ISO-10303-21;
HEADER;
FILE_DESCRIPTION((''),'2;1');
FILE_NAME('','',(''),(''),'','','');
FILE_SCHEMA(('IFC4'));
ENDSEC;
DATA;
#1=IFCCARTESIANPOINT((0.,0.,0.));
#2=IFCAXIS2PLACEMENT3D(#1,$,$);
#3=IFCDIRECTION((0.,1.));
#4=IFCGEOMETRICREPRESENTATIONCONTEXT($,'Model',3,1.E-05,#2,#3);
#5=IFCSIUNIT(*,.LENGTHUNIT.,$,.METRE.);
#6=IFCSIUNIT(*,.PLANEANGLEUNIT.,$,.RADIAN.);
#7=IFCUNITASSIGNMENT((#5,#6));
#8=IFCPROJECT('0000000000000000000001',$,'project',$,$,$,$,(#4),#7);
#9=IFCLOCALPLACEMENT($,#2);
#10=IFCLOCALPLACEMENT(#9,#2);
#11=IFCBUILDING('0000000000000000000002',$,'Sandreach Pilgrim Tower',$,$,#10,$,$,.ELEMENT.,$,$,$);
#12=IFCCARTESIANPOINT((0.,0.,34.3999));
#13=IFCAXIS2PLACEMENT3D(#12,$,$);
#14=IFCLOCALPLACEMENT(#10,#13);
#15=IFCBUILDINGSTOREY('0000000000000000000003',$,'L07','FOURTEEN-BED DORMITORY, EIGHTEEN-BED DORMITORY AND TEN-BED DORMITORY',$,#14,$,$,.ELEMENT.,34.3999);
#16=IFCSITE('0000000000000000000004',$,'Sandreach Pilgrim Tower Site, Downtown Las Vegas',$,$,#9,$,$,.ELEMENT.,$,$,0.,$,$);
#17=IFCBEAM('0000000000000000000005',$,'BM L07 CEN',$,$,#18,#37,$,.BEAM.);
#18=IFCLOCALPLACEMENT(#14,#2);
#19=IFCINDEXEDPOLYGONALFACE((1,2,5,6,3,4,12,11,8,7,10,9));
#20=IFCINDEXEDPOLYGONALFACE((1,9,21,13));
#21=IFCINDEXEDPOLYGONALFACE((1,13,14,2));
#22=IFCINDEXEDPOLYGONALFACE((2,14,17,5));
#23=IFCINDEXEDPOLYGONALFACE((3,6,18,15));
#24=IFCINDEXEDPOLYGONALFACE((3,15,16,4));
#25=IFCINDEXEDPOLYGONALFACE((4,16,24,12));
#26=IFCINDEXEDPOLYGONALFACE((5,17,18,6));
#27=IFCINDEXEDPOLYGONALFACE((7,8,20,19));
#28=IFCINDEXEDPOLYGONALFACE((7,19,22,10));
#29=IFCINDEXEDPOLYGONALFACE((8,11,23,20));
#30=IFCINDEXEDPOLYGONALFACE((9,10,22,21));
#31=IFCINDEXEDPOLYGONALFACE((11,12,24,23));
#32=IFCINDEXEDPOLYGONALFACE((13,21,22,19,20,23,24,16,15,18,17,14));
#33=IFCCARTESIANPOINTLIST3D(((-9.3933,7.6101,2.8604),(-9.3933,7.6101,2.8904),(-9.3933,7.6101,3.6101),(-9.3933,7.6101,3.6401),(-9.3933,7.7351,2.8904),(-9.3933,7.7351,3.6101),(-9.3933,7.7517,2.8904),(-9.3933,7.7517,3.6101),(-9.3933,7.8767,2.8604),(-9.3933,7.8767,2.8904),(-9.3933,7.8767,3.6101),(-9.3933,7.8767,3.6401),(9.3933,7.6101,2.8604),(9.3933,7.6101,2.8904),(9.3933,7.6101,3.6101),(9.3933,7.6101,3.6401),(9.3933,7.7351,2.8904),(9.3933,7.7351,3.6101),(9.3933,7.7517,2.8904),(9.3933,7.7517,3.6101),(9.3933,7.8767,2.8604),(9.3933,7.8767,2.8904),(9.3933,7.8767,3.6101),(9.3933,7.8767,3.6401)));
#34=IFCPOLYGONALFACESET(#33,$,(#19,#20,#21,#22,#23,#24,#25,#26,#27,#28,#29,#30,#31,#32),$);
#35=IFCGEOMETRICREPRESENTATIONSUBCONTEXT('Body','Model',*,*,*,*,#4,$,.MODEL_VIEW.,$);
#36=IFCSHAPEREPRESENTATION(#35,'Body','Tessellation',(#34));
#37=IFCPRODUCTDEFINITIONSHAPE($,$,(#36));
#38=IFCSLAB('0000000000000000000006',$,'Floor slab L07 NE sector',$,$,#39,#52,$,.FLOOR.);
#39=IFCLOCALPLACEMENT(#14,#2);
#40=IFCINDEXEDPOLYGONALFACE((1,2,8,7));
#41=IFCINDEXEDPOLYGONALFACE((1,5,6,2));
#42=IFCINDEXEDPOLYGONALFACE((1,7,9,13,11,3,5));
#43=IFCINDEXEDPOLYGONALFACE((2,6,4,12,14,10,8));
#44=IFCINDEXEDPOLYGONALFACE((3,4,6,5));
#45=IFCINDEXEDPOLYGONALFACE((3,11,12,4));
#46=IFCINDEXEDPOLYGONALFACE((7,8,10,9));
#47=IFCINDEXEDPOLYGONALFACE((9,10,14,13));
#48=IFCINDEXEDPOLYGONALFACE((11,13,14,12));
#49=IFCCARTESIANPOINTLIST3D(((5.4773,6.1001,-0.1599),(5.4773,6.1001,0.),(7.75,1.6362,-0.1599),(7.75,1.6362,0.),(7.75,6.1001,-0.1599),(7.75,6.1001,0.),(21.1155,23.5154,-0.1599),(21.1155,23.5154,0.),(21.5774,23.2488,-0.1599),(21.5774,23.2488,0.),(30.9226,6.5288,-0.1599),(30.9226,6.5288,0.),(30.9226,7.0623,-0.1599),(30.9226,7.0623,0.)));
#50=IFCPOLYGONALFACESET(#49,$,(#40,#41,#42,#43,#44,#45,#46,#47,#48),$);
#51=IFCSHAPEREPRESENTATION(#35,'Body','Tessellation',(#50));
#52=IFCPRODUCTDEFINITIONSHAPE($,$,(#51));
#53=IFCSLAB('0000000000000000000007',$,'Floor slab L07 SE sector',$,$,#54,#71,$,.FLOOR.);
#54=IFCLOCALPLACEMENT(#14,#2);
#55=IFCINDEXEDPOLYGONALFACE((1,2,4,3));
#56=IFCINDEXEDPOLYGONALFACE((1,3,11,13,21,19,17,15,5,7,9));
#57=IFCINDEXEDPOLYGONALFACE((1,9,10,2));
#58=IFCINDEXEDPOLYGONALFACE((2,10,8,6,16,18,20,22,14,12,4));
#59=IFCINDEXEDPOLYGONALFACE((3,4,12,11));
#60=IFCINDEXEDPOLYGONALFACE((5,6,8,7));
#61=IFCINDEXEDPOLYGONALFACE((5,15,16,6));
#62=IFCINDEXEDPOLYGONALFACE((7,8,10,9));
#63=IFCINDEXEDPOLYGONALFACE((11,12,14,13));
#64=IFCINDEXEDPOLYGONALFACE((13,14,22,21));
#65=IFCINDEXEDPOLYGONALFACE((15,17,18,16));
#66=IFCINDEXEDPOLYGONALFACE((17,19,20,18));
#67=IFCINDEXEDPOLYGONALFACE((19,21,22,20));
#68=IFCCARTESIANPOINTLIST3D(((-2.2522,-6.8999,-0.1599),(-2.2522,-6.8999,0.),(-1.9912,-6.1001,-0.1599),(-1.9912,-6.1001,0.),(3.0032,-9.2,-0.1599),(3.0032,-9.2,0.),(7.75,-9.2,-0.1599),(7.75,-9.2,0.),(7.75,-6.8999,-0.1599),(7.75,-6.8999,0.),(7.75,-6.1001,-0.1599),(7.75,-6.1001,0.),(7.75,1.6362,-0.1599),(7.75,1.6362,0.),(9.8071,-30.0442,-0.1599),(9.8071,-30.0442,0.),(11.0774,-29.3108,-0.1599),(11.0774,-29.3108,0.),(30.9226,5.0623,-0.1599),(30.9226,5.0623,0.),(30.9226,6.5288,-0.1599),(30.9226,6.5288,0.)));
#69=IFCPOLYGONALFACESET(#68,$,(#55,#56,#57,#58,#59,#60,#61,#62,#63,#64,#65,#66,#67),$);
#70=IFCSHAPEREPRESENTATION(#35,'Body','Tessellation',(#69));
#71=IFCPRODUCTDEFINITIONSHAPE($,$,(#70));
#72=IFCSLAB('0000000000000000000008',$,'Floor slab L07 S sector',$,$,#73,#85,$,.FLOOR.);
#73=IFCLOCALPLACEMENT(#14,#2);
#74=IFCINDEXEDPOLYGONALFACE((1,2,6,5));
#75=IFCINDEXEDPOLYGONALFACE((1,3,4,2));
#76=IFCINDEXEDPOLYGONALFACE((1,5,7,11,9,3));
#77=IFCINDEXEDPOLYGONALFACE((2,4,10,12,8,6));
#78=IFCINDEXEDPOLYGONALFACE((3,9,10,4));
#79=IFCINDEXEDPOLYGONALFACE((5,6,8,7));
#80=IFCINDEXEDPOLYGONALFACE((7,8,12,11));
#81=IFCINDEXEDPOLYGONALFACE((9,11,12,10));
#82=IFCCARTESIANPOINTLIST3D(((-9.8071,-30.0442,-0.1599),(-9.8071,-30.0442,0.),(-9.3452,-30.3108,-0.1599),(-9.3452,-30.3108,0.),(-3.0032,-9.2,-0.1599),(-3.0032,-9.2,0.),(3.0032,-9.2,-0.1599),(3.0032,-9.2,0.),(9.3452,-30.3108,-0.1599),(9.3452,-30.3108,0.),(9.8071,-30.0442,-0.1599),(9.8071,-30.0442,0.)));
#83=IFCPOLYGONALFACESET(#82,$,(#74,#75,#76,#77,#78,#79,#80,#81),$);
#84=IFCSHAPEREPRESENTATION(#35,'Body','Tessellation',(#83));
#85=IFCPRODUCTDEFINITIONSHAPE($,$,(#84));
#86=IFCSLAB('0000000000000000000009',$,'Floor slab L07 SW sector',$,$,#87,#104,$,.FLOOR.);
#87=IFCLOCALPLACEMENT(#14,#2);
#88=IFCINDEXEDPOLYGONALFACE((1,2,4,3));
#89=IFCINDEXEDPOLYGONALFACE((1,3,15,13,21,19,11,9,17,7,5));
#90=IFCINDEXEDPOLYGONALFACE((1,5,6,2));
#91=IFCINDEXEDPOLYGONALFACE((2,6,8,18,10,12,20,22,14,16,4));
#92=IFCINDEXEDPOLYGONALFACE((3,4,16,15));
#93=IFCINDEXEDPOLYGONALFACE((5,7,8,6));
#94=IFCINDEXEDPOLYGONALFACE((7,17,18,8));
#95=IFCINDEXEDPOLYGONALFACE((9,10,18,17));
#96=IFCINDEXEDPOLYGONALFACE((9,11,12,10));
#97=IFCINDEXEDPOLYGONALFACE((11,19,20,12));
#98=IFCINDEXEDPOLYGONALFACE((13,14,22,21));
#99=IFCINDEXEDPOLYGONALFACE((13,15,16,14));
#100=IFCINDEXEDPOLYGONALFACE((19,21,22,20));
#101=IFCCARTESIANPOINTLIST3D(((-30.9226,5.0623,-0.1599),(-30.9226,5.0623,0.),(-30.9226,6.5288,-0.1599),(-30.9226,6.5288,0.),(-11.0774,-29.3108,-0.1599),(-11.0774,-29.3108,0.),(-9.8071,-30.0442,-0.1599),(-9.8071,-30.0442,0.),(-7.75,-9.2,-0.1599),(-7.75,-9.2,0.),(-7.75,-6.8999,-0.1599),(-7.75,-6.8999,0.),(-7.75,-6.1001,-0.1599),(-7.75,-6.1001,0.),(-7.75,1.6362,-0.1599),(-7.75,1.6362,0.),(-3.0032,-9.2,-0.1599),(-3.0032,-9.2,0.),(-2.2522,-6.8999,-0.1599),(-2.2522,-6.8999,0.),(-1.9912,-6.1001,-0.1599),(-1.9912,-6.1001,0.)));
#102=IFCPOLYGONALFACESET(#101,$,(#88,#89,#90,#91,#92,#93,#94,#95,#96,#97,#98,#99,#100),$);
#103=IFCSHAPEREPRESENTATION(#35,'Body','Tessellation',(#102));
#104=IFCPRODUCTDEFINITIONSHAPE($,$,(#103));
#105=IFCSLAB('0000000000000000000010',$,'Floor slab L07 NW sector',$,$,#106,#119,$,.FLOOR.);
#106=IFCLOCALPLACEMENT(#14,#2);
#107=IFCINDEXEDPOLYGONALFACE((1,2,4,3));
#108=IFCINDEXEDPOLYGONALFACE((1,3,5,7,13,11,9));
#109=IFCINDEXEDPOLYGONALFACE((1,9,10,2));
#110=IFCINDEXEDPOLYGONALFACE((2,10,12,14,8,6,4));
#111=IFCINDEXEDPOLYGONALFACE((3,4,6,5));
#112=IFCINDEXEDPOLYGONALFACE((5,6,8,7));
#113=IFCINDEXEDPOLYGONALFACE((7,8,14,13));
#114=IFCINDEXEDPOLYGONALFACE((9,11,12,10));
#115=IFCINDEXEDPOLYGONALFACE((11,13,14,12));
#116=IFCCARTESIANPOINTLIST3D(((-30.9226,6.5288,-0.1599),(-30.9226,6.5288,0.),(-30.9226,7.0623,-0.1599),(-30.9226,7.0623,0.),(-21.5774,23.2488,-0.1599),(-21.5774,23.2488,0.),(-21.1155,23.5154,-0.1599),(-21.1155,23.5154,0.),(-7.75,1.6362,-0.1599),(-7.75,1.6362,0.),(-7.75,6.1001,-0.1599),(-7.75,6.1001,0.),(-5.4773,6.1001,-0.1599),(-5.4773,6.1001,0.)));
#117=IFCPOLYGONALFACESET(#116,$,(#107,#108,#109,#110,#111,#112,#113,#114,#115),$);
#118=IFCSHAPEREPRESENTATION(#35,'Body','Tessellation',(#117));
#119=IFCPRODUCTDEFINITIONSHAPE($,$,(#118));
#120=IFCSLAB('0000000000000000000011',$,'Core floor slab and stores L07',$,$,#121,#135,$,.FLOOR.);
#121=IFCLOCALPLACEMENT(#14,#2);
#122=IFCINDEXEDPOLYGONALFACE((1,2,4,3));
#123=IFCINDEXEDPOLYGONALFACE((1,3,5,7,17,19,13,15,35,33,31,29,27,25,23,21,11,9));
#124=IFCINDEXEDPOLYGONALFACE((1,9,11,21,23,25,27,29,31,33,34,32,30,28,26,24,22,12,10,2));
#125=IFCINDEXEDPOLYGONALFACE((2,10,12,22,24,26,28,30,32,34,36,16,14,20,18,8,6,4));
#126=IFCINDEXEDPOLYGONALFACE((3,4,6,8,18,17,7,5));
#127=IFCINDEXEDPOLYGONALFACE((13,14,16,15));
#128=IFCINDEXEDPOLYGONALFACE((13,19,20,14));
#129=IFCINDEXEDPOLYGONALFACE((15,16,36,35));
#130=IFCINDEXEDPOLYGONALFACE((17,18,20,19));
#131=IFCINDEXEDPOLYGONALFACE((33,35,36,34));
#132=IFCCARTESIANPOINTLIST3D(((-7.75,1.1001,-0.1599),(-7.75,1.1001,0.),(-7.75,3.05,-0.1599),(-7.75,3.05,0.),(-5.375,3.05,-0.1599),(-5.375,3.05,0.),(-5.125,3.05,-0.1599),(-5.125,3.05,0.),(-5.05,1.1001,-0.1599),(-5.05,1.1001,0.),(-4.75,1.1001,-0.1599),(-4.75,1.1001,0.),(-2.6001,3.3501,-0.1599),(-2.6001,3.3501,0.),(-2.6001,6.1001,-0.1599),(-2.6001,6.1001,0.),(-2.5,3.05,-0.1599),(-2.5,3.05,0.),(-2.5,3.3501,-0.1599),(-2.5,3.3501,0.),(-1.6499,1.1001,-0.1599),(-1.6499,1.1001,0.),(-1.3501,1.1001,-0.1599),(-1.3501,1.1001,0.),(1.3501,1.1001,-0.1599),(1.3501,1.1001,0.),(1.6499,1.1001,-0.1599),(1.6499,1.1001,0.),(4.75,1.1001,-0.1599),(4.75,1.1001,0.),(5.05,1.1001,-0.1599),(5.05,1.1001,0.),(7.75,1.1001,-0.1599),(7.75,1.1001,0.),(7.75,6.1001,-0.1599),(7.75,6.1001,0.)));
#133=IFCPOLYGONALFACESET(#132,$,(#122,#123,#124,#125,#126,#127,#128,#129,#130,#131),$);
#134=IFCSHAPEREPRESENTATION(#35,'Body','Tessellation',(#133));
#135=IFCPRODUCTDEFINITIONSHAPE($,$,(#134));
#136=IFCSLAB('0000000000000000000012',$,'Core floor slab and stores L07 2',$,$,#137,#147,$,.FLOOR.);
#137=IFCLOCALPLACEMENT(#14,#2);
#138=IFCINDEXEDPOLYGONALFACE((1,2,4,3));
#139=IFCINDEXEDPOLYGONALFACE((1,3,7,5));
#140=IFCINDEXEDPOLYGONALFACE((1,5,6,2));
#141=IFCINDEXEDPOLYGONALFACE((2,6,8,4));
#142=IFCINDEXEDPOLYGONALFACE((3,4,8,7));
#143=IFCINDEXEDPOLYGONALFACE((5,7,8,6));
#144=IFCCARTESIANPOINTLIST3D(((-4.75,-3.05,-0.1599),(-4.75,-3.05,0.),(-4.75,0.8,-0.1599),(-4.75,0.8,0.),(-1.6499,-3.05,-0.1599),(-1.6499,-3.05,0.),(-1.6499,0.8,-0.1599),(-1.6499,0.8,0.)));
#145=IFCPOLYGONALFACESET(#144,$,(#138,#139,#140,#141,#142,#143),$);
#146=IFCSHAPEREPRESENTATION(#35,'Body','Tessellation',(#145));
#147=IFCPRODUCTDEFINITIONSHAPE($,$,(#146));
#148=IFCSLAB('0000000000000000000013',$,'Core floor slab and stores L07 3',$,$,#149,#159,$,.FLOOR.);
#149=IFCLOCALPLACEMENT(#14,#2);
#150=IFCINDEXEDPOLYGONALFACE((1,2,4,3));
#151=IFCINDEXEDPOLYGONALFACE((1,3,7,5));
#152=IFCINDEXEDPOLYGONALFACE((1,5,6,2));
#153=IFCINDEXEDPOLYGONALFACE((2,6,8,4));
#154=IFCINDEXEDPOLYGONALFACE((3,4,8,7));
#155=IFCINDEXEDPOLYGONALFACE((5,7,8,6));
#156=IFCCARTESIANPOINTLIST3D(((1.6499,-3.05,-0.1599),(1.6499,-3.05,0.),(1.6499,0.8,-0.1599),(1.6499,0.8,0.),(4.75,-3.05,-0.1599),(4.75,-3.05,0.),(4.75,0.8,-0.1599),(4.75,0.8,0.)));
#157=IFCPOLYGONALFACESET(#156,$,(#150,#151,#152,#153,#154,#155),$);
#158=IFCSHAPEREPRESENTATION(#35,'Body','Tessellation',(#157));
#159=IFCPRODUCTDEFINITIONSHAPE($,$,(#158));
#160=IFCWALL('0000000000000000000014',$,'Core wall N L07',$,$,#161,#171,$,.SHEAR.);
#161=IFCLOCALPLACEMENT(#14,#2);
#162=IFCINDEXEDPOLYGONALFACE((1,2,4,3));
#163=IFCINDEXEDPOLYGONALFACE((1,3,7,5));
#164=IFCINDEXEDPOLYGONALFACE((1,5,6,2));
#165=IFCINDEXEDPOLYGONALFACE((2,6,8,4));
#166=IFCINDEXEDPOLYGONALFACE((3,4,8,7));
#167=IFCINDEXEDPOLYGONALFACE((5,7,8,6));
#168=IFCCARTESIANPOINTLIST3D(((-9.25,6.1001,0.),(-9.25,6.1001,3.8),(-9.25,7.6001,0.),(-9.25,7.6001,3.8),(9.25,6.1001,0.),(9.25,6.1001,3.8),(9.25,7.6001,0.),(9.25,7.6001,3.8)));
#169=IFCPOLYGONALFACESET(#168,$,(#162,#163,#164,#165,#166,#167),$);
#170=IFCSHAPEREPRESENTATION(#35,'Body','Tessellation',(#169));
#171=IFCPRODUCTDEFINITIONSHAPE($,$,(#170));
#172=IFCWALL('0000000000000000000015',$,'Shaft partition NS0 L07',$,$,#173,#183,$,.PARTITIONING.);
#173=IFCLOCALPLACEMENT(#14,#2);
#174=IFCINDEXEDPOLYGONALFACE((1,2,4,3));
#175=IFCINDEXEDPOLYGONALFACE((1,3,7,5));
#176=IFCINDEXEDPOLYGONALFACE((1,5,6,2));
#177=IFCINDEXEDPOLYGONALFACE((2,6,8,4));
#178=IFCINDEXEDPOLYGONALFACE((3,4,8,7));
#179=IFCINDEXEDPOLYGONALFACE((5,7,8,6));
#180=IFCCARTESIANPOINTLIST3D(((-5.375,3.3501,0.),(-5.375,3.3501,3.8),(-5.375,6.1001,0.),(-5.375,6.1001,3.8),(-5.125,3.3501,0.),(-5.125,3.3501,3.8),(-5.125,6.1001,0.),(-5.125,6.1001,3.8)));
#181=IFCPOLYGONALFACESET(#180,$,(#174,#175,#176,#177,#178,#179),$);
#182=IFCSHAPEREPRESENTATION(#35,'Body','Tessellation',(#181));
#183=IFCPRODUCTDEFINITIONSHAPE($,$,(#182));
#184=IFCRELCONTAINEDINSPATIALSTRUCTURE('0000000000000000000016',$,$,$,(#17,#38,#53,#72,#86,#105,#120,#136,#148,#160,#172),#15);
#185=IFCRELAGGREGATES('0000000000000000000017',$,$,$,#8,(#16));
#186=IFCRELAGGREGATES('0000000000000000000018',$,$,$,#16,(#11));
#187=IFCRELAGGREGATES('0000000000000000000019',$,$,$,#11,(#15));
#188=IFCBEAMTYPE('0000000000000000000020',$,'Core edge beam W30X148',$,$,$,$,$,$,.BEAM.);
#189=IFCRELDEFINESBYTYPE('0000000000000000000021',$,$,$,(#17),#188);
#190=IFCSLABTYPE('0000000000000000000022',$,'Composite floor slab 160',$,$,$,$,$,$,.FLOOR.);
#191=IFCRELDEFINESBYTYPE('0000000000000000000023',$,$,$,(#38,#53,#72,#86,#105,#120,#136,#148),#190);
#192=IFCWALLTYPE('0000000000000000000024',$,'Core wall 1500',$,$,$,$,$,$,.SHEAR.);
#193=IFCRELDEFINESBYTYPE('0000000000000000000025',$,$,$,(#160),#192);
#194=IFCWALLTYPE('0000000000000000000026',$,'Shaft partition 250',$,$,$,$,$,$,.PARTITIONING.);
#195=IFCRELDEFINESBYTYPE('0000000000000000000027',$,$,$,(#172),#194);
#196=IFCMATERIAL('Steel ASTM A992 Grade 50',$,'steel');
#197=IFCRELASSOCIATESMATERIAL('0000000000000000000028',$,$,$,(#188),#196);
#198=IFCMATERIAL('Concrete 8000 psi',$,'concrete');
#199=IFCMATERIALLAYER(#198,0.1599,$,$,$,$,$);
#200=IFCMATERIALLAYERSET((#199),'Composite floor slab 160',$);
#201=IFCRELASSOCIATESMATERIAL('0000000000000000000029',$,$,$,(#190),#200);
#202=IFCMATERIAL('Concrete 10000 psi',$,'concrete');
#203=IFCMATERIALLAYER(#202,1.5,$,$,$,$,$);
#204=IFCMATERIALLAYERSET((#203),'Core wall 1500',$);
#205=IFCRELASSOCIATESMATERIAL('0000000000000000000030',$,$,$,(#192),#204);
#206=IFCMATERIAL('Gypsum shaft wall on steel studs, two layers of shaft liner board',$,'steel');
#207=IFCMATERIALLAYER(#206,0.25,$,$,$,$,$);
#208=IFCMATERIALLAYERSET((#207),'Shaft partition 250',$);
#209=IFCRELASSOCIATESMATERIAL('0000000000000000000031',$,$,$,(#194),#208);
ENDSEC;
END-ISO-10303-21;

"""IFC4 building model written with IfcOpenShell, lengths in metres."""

from ifc_helpers import new_model, si_unit, direction, frame, frame_2d, origin, origin_2d, place, context, subcontext, project, spatial, polyline, rectangle, i_section, outline, extrude, material, layer, layer_set, material_profile, profile_set, type_object, element, save


model = new_model("IFC4")

# Units and contexts
model_context = context("Model", 3, precision=1e-05, world=origin(), true_north=direction((0.0, 1.0)))
body_context = subcontext(model_context, "Body", "Model", "MODEL_VIEW")
ifc_project = project(units=[si_unit("LENGTHUNIT", "METRE"), si_unit("PLANEANGLEUNIT", "RADIAN")], contexts=[model_context])

# Site, building, storey
site_placement = place(None, origin())
site = spatial("IfcSite", under=ifc_project, at=site_placement, Name="Sandreach Pilgrim Tower Site, Downtown Las Vegas", CompositionType="ELEMENT", RefElevation=0.0)
building_placement = place(site_placement, origin())
building = spatial("IfcBuilding", under=site, at=building_placement, Name="Sandreach Pilgrim Tower", CompositionType="ELEMENT")
storey_placement = place(building_placement, frame((0.0, 0.0, 34.3999)))
storey = spatial("IfcBuildingStorey", under=building, at=storey_placement, Name="L07", Description="FOURTEEN-BED DORMITORY, EIGHTEEN-BED DORMITORY AND TEN-BED DORMITORY", CompositionType="ELEMENT", Elevation=34.3999)

# Beam
ifc_material_1 = material(Name="Steel ASTM A992 Grade 50", Category="steel")
ifc_material_profile = material_profile(ifc_material_1, i_section(OverallWidth=0.2666, OverallDepth=0.7798, WebThickness=0.0166, FlangeThickness=0.03, at=origin_2d()), Name="W30X148")
ifc_profile_set = profile_set([ifc_material_profile], Name="Steel ASTM A992 Grade 50")
beam_type = type_object("IfcBeamType", Name="Core edge beam W30X148", PredefinedType="BEAM", material=ifc_profile_set)
beam_placement = place(storey_placement, frame((-9.3933, 7.7434, 3.2502), z_axis=(1.0, 0.0, 0.0), x_axis=(0.0, 1.0, 0.0)))
element("IfcBeam", 1, at=beam_placement, inside=storey, type_object=beam_type, Name="BM L07 CEN", PredefinedType="BEAM", context=body_context, shape_type="SweptSolid", body=[
    extrude(i_section(OverallWidth=0.2666, OverallDepth=0.7798, WebThickness=0.0166, FlangeThickness=0.03, at=origin_2d()), origin(), (0.0, 0.0, 1.0), 18.7866),
])

# Slabs
ifc_material_2 = material(Name="Concrete 8000 psi", Category="concrete")
ifc_layer_1 = layer(ifc_material_2, 0.1599)
ifc_layer_set_1 = layer_set([ifc_layer_1], Name="Composite floor slab 160")
slab_type = type_object("IfcSlabType", Name="Composite floor slab 160", PredefinedType="FLOOR", material=ifc_layer_set_1)
slab_1_placement = place(storey_placement, frame((0.0, 0.0, -0.1599)))
element("IfcSlab", 2, at=slab_1_placement, inside=storey, type_object=slab_type, Name="Floor slab L07 NE sector", PredefinedType="FLOOR", context=body_context, shape_type="SweptSolid", body=[
    extrude(outline(polyline([(21.5774, 23.2488), (30.9226, 7.0623), (30.9226, 6.5288), (7.75, 1.6362), (7.75, 6.1001), (5.4773, 6.1001), (21.1155, 23.5154), (21.5774, 23.2488)])), origin(), (0.0, 0.0, 1.0), 0.1599),
])
slab_2_placement = place(storey_placement, frame((0.0, 0.0, -0.1599)))
element("IfcSlab", 3, at=slab_2_placement, inside=storey, type_object=slab_type, Name="Floor slab L07 SE sector", PredefinedType="FLOOR", context=body_context, shape_type="SweptSolid", body=[
    extrude(outline(polyline([(11.0774, -29.3108), (9.8071, -30.0442), (3.0032, -9.2), (7.75, -9.2), (7.75, -6.8999), (-2.2522, -6.8999), (-1.9912, -6.1001), (7.75, -6.1001), (7.75, 1.6362), (30.9226, 6.5288), (30.9226, 5.0623), (11.0774, -29.3108)])), origin(), (0.0, 0.0, 1.0), 0.1599),
])
slab_3_placement = place(storey_placement, frame((0.0, 0.0, -0.1599)))
element("IfcSlab", 4, at=slab_3_placement, inside=storey, type_object=slab_type, Name="Floor slab L07 S sector", PredefinedType="FLOOR", context=body_context, shape_type="SweptSolid", body=[
    extrude(outline(polyline([(9.3452, -30.3108), (-9.3452, -30.3108), (-9.8071, -30.0442), (-3.0032, -9.2), (3.0032, -9.2), (9.8071, -30.0442), (9.3452, -30.3108)])), origin(), (0.0, 0.0, 1.0), 0.1599),
])
slab_4_placement = place(storey_placement, frame((0.0, 0.0, -0.1599)))
element("IfcSlab", 5, at=slab_4_placement, inside=storey, type_object=slab_type, Name="Floor slab L07 SW sector", PredefinedType="FLOOR", context=body_context, shape_type="SweptSolid", body=[
    extrude(outline(polyline([(-11.0774, -29.3108), (-30.9226, 5.0623), (-30.9226, 6.5288), (-7.75, 1.6362), (-7.75, -6.1001), (-1.9912, -6.1001), (-2.2522, -6.8999), (-7.75, -6.8999), (-7.75, -9.2), (-3.0032, -9.2), (-9.8071, -30.0442), (-11.0774, -29.3108)])), origin(), (0.0, 0.0, 1.0), 0.1599),
])
slab_5_placement = place(storey_placement, frame((0.0, 0.0, -0.1599)))
element("IfcSlab", 6, at=slab_5_placement, inside=storey, type_object=slab_type, Name="Floor slab L07 NW sector", PredefinedType="FLOOR", context=body_context, shape_type="SweptSolid", body=[
    extrude(outline(polyline([(-30.9226, 7.0623), (-21.5774, 23.2488), (-21.1155, 23.5154), (-5.4773, 6.1001), (-7.75, 6.1001), (-7.75, 1.6362), (-30.9226, 6.5288), (-30.9226, 7.0623)])), origin(), (0.0, 0.0, 1.0), 0.1599),
])
slab_6_placement = place(storey_placement, frame((0.0, 0.0, -0.1599)))
element("IfcSlab", 7, at=slab_6_placement, inside=storey, type_object=slab_type, Name="Core floor slab and stores L07", PredefinedType="FLOOR", context=body_context, shape_type="SweptSolid", body=[
    extrude(outline(polyline([(-7.75, 3.05), (-5.375, 3.05), (-5.125, 3.05), (-2.5, 3.05), (-2.5, 3.3501), (-2.6001, 3.3501), (-2.6001, 6.1001), (7.75, 6.1001), (7.75, 1.1001), (5.05, 1.1001), (4.75, 1.1001), (1.6499, 1.1001), (1.3501, 1.1001), (-1.3501, 1.1001), (-1.6499, 1.1001), (-4.75, 1.1001), (-5.05, 1.1001), (-7.75, 1.1001), (-7.75, 3.05)])), origin(), (0.0, 0.0, 1.0), 0.1599),
])
slab_7_placement = place(storey_placement, frame((0.0, 0.0, -0.1599)))
element("IfcSlab", 8, at=slab_7_placement, inside=storey, type_object=slab_type, Name="Core floor slab and stores L07 2", PredefinedType="FLOOR", context=body_context, shape_type="SweptSolid", body=[
    extrude(outline(polyline([(-1.6499, -3.05), (-4.75, -3.05), (-4.75, 0.8), (-1.6499, 0.8), (-1.6499, -3.05)])), origin(), (0.0, 0.0, 1.0), 0.1599),
])
slab_8_placement = place(storey_placement, frame((0.0, 0.0, -0.1599)))
element("IfcSlab", 9, at=slab_8_placement, inside=storey, type_object=slab_type, Name="Core floor slab and stores L07 3", PredefinedType="FLOOR", context=body_context, shape_type="SweptSolid", body=[
    extrude(outline(polyline([(4.75, -3.05), (1.6499, -3.05), (1.6499, 0.8), (4.75, 0.8), (4.75, -3.05)])), origin(), (0.0, 0.0, 1.0), 0.1599),
])

# Walls
ifc_material_3 = material(Name="Concrete 10000 psi", Category="concrete")
ifc_layer_2 = layer(ifc_material_3, 1.5)
ifc_layer_set_2 = layer_set([ifc_layer_2], Name="Core wall 1500")
wall_type_1 = type_object("IfcWallType", Name="Core wall 1500", PredefinedType="SHEAR", material=ifc_layer_set_2)
wall_1_placement = place(storey_placement, frame((-9.25, 6.8501, 0.0), z_axis=(0.0, 0.0, 1.0), x_axis=(1.0, 0.0, 0.0)))
element("IfcWall", 10, at=wall_1_placement, inside=storey, type_object=wall_type_1, Name="Core wall N L07", PredefinedType="SHEAR", context=body_context, shape_type="SweptSolid", body=[
    extrude(rectangle(XDim=18.5, YDim=1.5, at=frame_2d((9.25, 0.0))), origin(), (0.0, 0.0, 1.0), 3.8),
])
ifc_material_4 = material(Name="Gypsum shaft wall on steel studs, two layers of shaft liner board", Category="steel")
ifc_layer_3 = layer(ifc_material_4, 0.25)
ifc_layer_set_3 = layer_set([ifc_layer_3], Name="Shaft partition 250")
wall_type_2 = type_object("IfcWallType", Name="Shaft partition 250", PredefinedType="PARTITIONING", material=ifc_layer_set_3)
for number, where, z_axis, x_axis, name in (
    (11, (-5.25, 3.3501, 0.0), (0.0, 0.0, 1.0), (0.0, 1.0, 0.0), "Shaft partition NS0 L07"),
):
    element("IfcWall", number, at=place(storey_placement, frame(where, z_axis=z_axis, x_axis=x_axis)), inside=storey, type_object=wall_type_2, Name=name, PredefinedType="PARTITIONING", context=body_context, shape_type="SweptSolid", body=[
        extrude(rectangle(XDim=2.75, YDim=0.25, at=frame_2d((1.375, 0.0))), origin(), (0.0, 0.0, 1.0), 3.8),
    ])

save(model, "model.ifc")
